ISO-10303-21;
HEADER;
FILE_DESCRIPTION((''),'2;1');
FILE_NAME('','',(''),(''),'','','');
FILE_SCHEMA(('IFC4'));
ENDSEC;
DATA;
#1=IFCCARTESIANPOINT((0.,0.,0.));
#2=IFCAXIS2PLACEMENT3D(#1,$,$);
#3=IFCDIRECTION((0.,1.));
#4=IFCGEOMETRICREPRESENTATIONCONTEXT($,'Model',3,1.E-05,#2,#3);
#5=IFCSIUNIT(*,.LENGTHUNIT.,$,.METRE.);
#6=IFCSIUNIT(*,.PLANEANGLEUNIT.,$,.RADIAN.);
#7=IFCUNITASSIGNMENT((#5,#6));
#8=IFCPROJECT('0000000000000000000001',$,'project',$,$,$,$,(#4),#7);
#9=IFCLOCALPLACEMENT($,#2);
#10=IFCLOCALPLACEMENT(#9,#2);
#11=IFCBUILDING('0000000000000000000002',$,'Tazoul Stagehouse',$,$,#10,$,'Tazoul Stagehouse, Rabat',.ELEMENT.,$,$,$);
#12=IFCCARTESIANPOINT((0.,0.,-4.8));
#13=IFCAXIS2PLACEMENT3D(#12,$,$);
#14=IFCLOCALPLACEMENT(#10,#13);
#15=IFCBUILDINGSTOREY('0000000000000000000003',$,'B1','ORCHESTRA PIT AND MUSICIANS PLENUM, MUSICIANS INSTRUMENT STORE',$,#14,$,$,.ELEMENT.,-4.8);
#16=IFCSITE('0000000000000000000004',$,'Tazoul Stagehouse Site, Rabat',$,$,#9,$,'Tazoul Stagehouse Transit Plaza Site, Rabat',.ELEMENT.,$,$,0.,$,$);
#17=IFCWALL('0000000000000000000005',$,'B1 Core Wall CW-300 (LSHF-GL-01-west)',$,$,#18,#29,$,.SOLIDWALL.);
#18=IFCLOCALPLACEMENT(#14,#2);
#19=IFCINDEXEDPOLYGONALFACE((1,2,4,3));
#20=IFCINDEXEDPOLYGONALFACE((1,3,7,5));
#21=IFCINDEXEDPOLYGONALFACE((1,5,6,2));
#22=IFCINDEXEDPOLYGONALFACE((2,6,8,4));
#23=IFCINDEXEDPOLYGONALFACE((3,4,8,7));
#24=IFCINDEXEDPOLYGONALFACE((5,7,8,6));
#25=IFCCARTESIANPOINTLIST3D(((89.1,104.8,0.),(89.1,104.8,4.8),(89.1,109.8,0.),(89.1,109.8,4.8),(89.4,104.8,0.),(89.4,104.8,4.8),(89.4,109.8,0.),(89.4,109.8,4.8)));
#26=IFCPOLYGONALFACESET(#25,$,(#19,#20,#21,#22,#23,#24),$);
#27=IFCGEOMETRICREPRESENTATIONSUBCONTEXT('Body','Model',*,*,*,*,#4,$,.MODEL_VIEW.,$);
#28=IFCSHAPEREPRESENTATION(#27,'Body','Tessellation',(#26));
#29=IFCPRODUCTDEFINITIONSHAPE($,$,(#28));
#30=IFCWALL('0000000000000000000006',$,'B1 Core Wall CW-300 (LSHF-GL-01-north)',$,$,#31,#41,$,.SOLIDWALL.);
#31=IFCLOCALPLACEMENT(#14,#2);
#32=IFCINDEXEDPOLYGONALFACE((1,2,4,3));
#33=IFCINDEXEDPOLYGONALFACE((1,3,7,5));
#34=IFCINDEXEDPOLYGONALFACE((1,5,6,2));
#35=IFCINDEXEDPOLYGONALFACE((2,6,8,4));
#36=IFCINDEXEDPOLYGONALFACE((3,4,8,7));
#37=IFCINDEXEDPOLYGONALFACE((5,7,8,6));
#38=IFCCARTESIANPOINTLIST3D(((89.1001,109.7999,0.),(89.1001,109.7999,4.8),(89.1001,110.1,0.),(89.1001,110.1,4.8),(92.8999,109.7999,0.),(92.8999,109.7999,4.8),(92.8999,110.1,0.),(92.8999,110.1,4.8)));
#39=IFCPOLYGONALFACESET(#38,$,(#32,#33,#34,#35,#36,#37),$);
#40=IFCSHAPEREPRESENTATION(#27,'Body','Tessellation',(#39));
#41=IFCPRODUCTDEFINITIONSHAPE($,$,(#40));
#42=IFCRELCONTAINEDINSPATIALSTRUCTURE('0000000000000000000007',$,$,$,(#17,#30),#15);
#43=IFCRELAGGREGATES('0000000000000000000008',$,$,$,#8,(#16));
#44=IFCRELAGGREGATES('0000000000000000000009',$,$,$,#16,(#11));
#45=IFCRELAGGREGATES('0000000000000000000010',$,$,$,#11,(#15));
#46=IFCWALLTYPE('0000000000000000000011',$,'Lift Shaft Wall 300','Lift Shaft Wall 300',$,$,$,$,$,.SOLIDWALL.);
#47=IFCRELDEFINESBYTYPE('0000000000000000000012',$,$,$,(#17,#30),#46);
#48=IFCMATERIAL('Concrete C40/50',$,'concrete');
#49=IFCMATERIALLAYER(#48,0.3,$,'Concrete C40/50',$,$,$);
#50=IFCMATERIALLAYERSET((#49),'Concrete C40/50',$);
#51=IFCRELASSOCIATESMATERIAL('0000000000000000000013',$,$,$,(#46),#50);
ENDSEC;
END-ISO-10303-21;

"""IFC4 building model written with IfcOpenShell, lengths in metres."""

from ifc_helpers import new_model, si_unit, direction, frame, frame_2d, origin, place, context, subcontext, project, spatial, rectangle, extrude, material, layer, layer_set, type_object, element, save


model = new_model("IFC4")

# Units and contexts
model_context = context("Model", 3, precision=1e-05, world=origin(), true_north=direction((0.0, 1.0)))
body_context = subcontext(model_context, "Body", "Model", "MODEL_VIEW")
ifc_project = project(units=[si_unit("LENGTHUNIT", "METRE"), si_unit("PLANEANGLEUNIT", "RADIAN")], contexts=[model_context])

# Site, building, storey
site_placement = place(None, origin())
site = spatial("IfcSite", under=ifc_project, at=site_placement, Name="Tazoul Stagehouse Site, Rabat", LongName="Tazoul Stagehouse Transit Plaza Site, Rabat", CompositionType="ELEMENT", RefElevation=0.0)
building_placement = place(site_placement, origin())
building = spatial("IfcBuilding", under=site, at=building_placement, Name="Tazoul Stagehouse", LongName="Tazoul Stagehouse, Rabat", CompositionType="ELEMENT")
storey_placement = place(building_placement, frame((0.0, 0.0, -4.8)))
storey = spatial("IfcBuildingStorey", under=building, at=storey_placement, Name="B1", Description="ORCHESTRA PIT AND MUSICIANS PLENUM, MUSICIANS INSTRUMENT STORE", CompositionType="ELEMENT", Elevation=-4.8)

# Shared definitions
ifc_material_1 = material(Name="Concrete C40/50", Category="concrete")

# Walls
ifc_layer_1 = layer(ifc_material_1, 0.3, Name="Concrete C40/50")
ifc_layer_set_1 = layer_set([ifc_layer_1], Name="Concrete C40/50")
wall_type_1 = type_object("IfcWallType", Name="Lift Shaft Wall 300", Description="Lift Shaft Wall 300", PredefinedType="SOLIDWALL", material=ifc_layer_set_1)
wall_1_placement = place(storey_placement, frame((89.25, 104.8, 0.0), z_axis=(0.0, 0.0, 1.0), x_axis=(0.0, 1.0, 0.0)))
element("IfcWall", 1, at=wall_1_placement, inside=storey, type_object=wall_type_1, Name="B1 Core Wall CW-300 (LSHF-GL-01-west)", PredefinedType="SOLIDWALL", context=body_context, shape_type="SweptSolid", body=[
    extrude(rectangle(XDim=5.0, YDim=0.3, at=frame_2d((2.5, 0.0))), origin(), (0.0, 0.0, 1.0), 4.8),
])
wall_2_placement = place(storey_placement, frame((89.1001, 109.95, 0.0), z_axis=(0.0, 0.0, 1.0), x_axis=(1.0, 0.0, 0.0)))
element("IfcWall", 2, at=wall_2_placement, inside=storey, type_object=wall_type_1, Name="B1 Core Wall CW-300 (LSHF-GL-01-north)", PredefinedType="SOLIDWALL", context=body_context, shape_type="SweptSolid", body=[
    extrude(rectangle(XDim=3.7998, YDim=0.3, at=frame_2d((1.8999, 0.0))), origin(), (0.0, 0.0, 1.0), 4.8),
])

save(model, "model.ifc")
